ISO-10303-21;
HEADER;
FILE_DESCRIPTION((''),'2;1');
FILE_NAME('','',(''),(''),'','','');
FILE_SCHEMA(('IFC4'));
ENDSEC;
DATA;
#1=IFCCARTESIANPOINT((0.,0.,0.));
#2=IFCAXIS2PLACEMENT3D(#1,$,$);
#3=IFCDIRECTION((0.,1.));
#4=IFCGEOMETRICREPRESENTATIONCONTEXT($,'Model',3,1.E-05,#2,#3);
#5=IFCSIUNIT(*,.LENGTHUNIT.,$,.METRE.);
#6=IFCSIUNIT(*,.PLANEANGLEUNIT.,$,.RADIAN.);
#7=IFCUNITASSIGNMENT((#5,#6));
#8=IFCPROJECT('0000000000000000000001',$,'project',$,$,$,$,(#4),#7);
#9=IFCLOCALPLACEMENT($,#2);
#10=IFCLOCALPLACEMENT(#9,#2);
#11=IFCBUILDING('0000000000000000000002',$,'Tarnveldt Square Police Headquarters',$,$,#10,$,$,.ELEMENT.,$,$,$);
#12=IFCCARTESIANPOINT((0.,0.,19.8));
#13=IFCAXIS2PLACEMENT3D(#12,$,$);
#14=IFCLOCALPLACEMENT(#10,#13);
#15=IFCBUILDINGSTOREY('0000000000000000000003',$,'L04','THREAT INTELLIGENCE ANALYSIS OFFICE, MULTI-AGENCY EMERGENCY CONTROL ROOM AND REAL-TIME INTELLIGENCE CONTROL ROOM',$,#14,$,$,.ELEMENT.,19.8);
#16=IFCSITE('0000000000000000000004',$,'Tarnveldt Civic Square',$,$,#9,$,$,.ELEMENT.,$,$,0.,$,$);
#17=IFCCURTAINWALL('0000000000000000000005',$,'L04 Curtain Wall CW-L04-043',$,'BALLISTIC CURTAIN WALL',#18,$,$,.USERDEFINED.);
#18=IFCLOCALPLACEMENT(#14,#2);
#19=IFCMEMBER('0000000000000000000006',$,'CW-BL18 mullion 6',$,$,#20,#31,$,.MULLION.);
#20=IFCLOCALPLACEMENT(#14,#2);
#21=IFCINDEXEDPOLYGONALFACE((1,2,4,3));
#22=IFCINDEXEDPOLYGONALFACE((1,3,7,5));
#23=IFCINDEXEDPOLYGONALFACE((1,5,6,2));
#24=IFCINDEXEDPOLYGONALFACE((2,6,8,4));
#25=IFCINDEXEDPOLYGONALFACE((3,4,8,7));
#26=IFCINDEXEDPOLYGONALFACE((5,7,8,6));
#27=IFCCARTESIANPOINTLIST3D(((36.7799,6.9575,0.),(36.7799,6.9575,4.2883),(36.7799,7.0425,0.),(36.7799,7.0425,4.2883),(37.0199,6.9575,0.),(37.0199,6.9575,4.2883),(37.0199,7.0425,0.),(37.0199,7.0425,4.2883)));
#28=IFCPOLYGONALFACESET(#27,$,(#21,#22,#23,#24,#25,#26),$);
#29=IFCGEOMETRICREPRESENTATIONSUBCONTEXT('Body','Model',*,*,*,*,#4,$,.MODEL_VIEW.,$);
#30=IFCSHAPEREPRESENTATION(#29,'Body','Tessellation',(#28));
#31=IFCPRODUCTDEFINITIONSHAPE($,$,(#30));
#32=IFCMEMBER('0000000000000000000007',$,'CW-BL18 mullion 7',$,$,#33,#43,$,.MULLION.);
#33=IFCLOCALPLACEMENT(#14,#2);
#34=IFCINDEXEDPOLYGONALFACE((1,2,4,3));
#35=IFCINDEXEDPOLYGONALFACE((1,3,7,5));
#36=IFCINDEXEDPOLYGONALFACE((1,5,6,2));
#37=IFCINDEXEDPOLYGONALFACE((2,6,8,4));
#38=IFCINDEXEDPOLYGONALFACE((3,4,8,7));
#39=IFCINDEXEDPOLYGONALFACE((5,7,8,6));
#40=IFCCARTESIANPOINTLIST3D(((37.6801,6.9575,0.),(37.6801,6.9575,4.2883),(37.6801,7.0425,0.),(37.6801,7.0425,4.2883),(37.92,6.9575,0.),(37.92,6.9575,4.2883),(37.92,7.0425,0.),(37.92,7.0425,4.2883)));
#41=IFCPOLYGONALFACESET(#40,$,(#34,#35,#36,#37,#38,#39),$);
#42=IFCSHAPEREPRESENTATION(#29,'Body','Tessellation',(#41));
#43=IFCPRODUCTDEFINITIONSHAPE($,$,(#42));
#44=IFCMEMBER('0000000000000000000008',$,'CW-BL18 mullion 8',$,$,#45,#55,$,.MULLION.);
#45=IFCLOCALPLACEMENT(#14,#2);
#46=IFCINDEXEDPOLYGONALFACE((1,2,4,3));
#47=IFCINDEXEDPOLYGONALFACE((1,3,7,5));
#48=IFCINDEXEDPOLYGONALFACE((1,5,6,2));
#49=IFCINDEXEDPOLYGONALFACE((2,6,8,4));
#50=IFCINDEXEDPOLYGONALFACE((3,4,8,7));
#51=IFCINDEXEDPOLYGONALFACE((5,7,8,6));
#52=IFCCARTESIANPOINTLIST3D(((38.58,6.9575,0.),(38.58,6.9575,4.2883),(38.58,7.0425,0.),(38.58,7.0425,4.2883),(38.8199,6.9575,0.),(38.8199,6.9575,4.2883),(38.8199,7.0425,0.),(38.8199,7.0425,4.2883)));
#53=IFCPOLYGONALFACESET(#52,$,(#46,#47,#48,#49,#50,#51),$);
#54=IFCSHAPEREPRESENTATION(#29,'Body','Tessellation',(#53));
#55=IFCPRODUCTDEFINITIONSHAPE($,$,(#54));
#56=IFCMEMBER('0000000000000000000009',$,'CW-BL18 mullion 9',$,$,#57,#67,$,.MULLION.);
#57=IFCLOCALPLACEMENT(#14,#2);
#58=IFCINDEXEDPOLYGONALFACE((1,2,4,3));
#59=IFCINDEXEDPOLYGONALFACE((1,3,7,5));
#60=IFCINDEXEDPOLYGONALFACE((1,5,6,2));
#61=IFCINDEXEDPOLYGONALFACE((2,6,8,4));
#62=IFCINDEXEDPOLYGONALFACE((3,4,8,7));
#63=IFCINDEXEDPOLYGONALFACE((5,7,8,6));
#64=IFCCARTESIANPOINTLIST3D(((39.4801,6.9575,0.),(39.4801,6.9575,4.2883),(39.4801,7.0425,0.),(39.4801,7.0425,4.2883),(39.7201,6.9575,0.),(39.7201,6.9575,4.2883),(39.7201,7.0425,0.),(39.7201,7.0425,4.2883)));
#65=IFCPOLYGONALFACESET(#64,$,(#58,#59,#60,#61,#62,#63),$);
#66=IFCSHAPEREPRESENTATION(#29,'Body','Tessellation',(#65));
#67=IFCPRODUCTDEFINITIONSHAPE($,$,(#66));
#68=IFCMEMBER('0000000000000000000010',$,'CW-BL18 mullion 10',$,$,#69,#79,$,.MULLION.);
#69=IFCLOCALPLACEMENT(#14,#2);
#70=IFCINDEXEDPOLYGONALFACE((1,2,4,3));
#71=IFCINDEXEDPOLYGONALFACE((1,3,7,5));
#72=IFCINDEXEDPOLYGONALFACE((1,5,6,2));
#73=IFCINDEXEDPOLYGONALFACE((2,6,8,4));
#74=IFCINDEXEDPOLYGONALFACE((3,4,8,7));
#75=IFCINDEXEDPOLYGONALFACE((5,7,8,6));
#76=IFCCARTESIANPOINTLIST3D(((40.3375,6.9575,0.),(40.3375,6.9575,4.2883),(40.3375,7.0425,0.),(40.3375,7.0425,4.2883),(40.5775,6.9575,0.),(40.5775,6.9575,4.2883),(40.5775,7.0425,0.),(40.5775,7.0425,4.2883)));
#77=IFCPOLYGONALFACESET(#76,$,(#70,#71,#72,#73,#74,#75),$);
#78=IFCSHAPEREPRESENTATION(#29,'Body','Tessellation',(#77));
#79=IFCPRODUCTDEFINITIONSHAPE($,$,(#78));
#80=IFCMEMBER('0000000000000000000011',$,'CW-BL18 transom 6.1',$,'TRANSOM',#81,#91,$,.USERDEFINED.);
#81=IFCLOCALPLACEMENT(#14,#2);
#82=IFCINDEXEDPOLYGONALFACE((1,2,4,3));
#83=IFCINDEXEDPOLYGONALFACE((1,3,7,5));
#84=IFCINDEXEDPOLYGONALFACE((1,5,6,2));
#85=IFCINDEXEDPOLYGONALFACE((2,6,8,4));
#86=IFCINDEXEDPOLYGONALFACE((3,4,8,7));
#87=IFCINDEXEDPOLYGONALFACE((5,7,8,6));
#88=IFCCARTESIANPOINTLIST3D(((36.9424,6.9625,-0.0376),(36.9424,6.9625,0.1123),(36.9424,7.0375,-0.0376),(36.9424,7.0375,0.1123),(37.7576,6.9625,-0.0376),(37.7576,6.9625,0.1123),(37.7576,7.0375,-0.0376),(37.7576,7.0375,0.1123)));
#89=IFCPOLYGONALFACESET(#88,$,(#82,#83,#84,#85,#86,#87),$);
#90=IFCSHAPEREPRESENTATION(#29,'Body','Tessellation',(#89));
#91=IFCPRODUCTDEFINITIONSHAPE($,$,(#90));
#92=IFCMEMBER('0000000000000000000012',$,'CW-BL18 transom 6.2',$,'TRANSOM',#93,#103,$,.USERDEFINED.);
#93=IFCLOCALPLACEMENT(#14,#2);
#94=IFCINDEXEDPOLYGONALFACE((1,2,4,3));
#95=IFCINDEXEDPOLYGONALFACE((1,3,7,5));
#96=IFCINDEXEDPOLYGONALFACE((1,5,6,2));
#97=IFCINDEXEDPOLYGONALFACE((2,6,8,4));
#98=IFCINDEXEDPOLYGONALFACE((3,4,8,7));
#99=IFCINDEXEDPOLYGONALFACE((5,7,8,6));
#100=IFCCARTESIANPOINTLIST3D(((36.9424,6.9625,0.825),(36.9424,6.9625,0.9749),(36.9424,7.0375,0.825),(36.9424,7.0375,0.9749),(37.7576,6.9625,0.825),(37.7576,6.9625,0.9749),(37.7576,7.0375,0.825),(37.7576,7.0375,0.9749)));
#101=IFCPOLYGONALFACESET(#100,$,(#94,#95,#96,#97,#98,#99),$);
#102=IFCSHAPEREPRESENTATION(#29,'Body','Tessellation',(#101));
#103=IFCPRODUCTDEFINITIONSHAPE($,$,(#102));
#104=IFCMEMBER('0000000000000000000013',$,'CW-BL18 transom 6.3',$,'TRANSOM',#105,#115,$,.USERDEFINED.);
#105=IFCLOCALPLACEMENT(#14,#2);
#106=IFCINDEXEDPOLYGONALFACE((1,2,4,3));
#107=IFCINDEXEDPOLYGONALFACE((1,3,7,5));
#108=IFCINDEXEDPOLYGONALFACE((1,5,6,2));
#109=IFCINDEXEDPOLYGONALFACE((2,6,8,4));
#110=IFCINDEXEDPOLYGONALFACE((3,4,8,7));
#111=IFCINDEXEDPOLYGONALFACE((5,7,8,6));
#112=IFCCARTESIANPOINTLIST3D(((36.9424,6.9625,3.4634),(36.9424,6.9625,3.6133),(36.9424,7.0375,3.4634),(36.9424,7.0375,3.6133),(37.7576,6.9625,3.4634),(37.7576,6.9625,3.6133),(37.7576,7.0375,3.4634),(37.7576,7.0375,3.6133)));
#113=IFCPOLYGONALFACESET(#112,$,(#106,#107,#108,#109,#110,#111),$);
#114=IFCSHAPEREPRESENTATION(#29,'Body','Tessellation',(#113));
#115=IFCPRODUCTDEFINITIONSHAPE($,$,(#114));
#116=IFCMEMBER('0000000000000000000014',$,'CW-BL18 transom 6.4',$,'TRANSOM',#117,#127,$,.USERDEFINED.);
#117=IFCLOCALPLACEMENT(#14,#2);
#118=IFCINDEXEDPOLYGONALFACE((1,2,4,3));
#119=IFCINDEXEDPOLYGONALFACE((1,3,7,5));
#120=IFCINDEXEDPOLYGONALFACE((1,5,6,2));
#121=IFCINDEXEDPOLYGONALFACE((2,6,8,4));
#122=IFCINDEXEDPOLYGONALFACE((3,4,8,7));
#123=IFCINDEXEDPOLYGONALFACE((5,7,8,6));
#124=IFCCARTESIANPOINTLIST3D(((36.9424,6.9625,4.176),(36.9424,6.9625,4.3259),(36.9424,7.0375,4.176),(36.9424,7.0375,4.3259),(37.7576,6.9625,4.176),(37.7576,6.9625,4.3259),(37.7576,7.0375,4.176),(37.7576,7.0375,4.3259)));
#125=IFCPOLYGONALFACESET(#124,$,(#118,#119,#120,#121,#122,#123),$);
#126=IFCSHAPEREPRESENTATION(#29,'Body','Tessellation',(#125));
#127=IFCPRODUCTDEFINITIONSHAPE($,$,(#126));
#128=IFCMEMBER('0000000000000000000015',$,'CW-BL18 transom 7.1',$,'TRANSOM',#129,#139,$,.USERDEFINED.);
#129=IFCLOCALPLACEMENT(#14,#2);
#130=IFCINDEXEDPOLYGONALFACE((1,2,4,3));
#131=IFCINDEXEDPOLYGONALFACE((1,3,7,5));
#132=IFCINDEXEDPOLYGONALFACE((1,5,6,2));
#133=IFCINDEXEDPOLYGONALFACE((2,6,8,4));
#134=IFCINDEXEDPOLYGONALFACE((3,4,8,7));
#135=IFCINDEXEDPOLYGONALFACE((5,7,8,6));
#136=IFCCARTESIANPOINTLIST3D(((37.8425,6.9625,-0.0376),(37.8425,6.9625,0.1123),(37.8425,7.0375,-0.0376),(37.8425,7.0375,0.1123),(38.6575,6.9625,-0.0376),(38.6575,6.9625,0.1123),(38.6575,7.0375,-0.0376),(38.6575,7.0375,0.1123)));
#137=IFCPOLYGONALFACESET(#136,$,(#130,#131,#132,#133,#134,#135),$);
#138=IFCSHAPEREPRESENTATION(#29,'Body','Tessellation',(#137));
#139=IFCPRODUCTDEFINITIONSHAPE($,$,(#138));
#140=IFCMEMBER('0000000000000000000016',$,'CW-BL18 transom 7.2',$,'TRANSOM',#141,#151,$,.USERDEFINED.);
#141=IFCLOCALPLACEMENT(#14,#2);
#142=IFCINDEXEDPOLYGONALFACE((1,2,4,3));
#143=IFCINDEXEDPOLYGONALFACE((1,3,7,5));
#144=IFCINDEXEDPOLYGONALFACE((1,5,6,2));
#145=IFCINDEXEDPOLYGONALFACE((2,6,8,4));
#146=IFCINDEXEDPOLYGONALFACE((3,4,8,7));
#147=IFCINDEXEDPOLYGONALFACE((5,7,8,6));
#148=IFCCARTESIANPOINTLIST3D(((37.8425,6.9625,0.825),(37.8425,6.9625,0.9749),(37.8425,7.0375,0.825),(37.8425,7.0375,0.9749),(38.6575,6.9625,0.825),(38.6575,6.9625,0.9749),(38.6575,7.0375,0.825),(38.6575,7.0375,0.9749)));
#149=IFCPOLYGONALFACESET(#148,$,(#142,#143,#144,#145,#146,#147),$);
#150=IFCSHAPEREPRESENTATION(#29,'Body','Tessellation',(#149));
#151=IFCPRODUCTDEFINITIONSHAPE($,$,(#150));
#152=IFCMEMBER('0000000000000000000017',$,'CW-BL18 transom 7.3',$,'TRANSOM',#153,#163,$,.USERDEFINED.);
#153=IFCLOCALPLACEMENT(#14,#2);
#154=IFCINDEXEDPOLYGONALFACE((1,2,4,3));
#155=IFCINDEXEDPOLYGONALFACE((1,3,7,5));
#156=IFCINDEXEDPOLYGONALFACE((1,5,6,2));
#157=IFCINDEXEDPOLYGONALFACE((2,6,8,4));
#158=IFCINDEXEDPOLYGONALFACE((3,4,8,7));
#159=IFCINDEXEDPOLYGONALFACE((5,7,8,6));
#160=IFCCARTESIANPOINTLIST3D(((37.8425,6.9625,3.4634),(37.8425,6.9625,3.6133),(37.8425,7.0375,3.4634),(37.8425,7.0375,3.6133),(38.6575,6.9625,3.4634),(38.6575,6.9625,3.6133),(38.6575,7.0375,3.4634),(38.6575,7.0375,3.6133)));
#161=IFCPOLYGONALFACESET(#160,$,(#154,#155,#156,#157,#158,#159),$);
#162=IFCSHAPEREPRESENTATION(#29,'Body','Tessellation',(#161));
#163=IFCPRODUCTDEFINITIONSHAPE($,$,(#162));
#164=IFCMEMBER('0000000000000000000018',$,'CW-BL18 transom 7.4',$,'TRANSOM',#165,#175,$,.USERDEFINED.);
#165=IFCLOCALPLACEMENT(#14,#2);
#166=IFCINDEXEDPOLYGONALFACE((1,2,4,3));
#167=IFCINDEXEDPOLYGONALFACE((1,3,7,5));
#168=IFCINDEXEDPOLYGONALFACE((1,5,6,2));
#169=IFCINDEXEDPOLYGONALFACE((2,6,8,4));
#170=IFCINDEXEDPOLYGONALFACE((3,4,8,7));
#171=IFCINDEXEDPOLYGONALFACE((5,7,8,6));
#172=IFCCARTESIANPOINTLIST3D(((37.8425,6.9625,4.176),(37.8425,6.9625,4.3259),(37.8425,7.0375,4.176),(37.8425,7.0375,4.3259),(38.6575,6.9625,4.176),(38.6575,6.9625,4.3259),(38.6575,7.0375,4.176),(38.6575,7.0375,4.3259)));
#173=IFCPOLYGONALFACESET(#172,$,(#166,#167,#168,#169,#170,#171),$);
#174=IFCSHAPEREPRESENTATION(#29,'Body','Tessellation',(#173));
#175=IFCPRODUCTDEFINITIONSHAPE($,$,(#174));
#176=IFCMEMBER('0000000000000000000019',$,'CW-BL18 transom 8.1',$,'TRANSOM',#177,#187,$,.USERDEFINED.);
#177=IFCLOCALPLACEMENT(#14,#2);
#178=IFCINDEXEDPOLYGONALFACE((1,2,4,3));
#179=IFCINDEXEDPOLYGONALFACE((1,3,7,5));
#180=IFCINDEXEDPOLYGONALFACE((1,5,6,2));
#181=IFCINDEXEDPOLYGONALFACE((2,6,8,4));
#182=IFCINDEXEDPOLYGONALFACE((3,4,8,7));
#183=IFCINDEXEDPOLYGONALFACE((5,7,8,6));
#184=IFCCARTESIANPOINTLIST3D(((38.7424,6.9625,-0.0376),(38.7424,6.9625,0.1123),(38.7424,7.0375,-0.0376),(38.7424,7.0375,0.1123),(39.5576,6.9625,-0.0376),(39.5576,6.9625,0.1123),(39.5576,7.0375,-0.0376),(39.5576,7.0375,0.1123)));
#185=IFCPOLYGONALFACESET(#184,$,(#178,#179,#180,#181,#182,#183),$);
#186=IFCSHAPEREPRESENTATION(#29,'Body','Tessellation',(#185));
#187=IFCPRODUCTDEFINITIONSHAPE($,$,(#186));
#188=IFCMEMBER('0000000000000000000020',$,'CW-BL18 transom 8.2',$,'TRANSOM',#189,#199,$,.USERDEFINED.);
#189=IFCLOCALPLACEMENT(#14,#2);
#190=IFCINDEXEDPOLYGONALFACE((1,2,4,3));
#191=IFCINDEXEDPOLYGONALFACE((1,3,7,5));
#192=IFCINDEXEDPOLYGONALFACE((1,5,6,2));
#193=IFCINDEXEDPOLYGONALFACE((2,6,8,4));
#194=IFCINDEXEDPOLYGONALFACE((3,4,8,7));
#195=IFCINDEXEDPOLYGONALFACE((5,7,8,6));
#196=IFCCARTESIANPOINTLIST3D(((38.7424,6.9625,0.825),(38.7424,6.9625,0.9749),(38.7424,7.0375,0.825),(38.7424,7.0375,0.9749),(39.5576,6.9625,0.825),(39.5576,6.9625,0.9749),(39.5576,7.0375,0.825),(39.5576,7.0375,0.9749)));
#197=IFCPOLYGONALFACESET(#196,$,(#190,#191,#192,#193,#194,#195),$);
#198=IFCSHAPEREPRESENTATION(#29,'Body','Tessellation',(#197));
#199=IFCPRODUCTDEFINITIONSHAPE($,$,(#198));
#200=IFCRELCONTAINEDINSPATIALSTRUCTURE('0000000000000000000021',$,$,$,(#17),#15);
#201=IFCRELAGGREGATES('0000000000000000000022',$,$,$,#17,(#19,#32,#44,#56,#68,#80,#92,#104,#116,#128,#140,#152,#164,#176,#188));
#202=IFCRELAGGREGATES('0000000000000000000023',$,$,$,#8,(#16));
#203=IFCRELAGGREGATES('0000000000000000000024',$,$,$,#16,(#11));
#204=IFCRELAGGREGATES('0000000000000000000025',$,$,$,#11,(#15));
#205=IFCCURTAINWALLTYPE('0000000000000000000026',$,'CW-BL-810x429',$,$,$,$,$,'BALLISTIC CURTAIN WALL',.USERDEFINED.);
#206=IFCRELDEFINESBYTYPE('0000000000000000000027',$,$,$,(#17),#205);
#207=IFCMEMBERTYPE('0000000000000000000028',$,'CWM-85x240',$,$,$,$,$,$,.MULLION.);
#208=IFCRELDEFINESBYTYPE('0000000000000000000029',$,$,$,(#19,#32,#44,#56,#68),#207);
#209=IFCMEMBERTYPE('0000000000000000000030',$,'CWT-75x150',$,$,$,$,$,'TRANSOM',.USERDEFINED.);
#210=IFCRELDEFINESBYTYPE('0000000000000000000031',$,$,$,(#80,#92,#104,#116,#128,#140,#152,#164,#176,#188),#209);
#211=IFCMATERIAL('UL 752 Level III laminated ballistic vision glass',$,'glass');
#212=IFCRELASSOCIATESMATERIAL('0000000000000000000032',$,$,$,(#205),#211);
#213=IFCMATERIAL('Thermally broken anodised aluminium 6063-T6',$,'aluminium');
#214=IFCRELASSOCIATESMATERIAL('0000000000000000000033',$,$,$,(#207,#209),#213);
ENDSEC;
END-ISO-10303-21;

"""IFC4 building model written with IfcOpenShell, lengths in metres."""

from ifc_helpers import new_model, si_unit, direction, frame, origin, origin_2d, place, context, subcontext, project, spatial, rectangle, extrude, material, material_profile, profile_set, type_object, element, aggregate, save


model = new_model("IFC4")

# Units and contexts
model_context = context("Model", 3, precision=1e-05, world=origin(), true_north=direction((0.0, 1.0)))
body_context = subcontext(model_context, "Body", "Model", "MODEL_VIEW")
ifc_project = project(units=[si_unit("LENGTHUNIT", "METRE"), si_unit("PLANEANGLEUNIT", "RADIAN")], contexts=[model_context])

# Site, building, storey
site_placement = place(None, origin())
site = spatial("IfcSite", under=ifc_project, at=site_placement, Name="Tarnveldt Civic Square", CompositionType="ELEMENT", RefElevation=0.0)
building_placement = place(site_placement, origin())
building = spatial("IfcBuilding", under=site, at=building_placement, Name="Tarnveldt Square Police Headquarters", CompositionType="ELEMENT")
storey_placement = place(building_placement, frame((0.0, 0.0, 19.8)))
storey = spatial("IfcBuildingStorey", under=building, at=storey_placement, Name="L04", Description="THREAT INTELLIGENCE ANALYSIS OFFICE, MULTI-AGENCY EMERGENCY CONTROL ROOM AND REAL-TIME INTELLIGENCE CONTROL ROOM", CompositionType="ELEMENT", Elevation=19.8)

# Curtain wall, members
ifc_material_1 = material(Name="UL 752 Level III laminated ballistic vision glass", Category="glass")
curtain_wall_type = type_object("IfcCurtainWallType", Name="CW-BL-810x429", ElementType="BALLISTIC CURTAIN WALL", PredefinedType="USERDEFINED", material=ifc_material_1)
curtain_wall_placement = place(storey_placement, origin())
curtain_wall = element("IfcCurtainWall", 1, at=curtain_wall_placement, inside=storey, type_object=curtain_wall_type, Name="L04 Curtain Wall CW-L04-043", ObjectType="BALLISTIC CURTAIN WALL", PredefinedType="USERDEFINED")
ifc_material_2 = material(Name="Thermally broken anodised aluminium 6063-T6", Category="aluminium")
ifc_material_profile_1 = material_profile(ifc_material_2, rectangle(XDim=0.085, YDim=0.24, at=origin_2d()), Name="CW-M85x240")
ifc_profile_set_1 = profile_set([ifc_material_profile_1], Name="Thermally broken anodised aluminium 6063-T6")
member_type_1 = type_object("IfcMemberType", Name="CWM-85x240", PredefinedType="MULLION", material=ifc_profile_set_1)
member_1_placement = place(storey_placement, frame((36.8999, 7.0, 0.0), z_axis=(0.0, 0.0, 1.0), x_axis=(0.0, 1.0, 0.0)))
member_1 = element("IfcMember", 2, at=member_1_placement, type_object=member_type_1, Name="CW-BL18 mullion 6", PredefinedType="MULLION", context=body_context, shape_type="SweptSolid", body=[
    extrude(rectangle(XDim=0.085, YDim=0.24, at=origin_2d()), origin(), (0.0, 0.0, 1.0), 4.2883),
])
member_2_placement = place(storey_placement, frame((37.8, 7.0, 0.0), z_axis=(0.0, 0.0, 1.0), x_axis=(0.0, 1.0, 0.0)))
member_2 = element("IfcMember", 3, at=member_2_placement, type_object=member_type_1, Name="CW-BL18 mullion 7", PredefinedType="MULLION", context=body_context, shape_type="SweptSolid", body=[
    extrude(rectangle(XDim=0.085, YDim=0.24, at=origin_2d()), origin(), (0.0, 0.0, 1.0), 4.2883),
])
member_3_placement = place(storey_placement, frame((38.7, 7.0, 0.0), z_axis=(0.0, 0.0, 1.0), x_axis=(0.0, 1.0, 0.0)))
member_3 = element("IfcMember", 4, at=member_3_placement, type_object=member_type_1, Name="CW-BL18 mullion 8", PredefinedType="MULLION", context=body_context, shape_type="SweptSolid", body=[
    extrude(rectangle(XDim=0.085, YDim=0.24, at=origin_2d()), origin(), (0.0, 0.0, 1.0), 4.2883),
])
member_4_placement = place(storey_placement, frame((39.6001, 7.0, 0.0), z_axis=(0.0, 0.0, 1.0), x_axis=(0.0, 1.0, 0.0)))
member_4 = element("IfcMember", 5, at=member_4_placement, type_object=member_type_1, Name="CW-BL18 mullion 9", PredefinedType="MULLION", context=body_context, shape_type="SweptSolid", body=[
    extrude(rectangle(XDim=0.085, YDim=0.24, at=origin_2d()), origin(), (0.0, 0.0, 1.0), 4.2883),
])
member_5_placement = place(storey_placement, frame((40.4575, 7.0, 0.0), z_axis=(0.0, 0.0, 1.0), x_axis=(0.0, 1.0, 0.0)))
member_5 = element("IfcMember", 6, at=member_5_placement, type_object=member_type_1, Name="CW-BL18 mullion 10", PredefinedType="MULLION", context=body_context, shape_type="SweptSolid", body=[
    extrude(rectangle(XDim=0.085, YDim=0.24, at=origin_2d()), origin(), (0.0, 0.0, 1.0), 4.2883),
])
ifc_material_profile_2 = material_profile(ifc_material_2, rectangle(XDim=0.075, YDim=0.1499, at=origin_2d()), Name="CW-T75x150")
ifc_profile_set_2 = profile_set([ifc_material_profile_2], Name="Thermally broken anodised aluminium 6063-T6")
member_type_2 = type_object("IfcMemberType", Name="CWT-75x150", ElementType="TRANSOM", PredefinedType="USERDEFINED", material=ifc_profile_set_2)
member_6_placement = place(storey_placement, frame((36.9424, 7.0, 0.0374), z_axis=(1.0, 0.0, 0.0), x_axis=(0.0, 1.0, 0.0)))
member_6 = element("IfcMember", 7, at=member_6_placement, type_object=member_type_2, Name="CW-BL18 transom 6.1", ObjectType="TRANSOM", PredefinedType="USERDEFINED", context=body_context, shape_type="SweptSolid", body=[
    extrude(rectangle(XDim=0.075, YDim=0.1499, at=origin_2d()), origin(), (0.0, 0.0, 1.0), 0.8152),
])
member_7_placement = place(storey_placement, frame((36.9424, 7.0, 0.8999), z_axis=(1.0, 0.0, 0.0), x_axis=(0.0, 1.0, 0.0)))
member_7 = element("IfcMember", 8, at=member_7_placement, type_object=member_type_2, Name="CW-BL18 transom 6.2", ObjectType="TRANSOM", PredefinedType="USERDEFINED", context=body_context, shape_type="SweptSolid", body=[
    extrude(rectangle(XDim=0.075, YDim=0.1499, at=origin_2d()), origin(), (0.0, 0.0, 1.0), 0.8152),
])
member_8_placement = place(storey_placement, frame((36.9424, 7.0, 3.5383), z_axis=(1.0, 0.0, 0.0), x_axis=(0.0, 1.0, 0.0)))
member_8 = element("IfcMember", 9, at=member_8_placement, type_object=member_type_2, Name="CW-BL18 transom 6.3", ObjectType="TRANSOM", PredefinedType="USERDEFINED", context=body_context, shape_type="SweptSolid", body=[
    extrude(rectangle(XDim=0.075, YDim=0.1499, at=origin_2d()), origin(), (0.0, 0.0, 1.0), 0.8152),
])
member_9_placement = place(storey_placement, frame((36.9424, 7.0, 4.251), z_axis=(1.0, 0.0, 0.0), x_axis=(0.0, 1.0, 0.0)))
member_9 = element("IfcMember", 10, at=member_9_placement, type_object=member_type_2, Name="CW-BL18 transom 6.4", ObjectType="TRANSOM", PredefinedType="USERDEFINED", context=body_context, shape_type="SweptSolid", body=[
    extrude(rectangle(XDim=0.075, YDim=0.1499, at=origin_2d()), origin(), (0.0, 0.0, 1.0), 0.8152),
])
member_10_placement = place(storey_placement, frame((37.8425, 7.0, 0.0374), z_axis=(1.0, 0.0, 0.0), x_axis=(0.0, 1.0, 0.0)))
member_10 = element("IfcMember", 11, at=member_10_placement, type_object=member_type_2, Name="CW-BL18 transom 7.1", ObjectType="TRANSOM", PredefinedType="USERDEFINED", context=body_context, shape_type="SweptSolid", body=[
    extrude(rectangle(XDim=0.075, YDim=0.1499, at=origin_2d()), origin(), (0.0, 0.0, 1.0), 0.8149),
])
member_11_placement = place(storey_placement, frame((37.8425, 7.0, 0.8999), z_axis=(1.0, 0.0, 0.0), x_axis=(0.0, 1.0, 0.0)))
member_11 = element("IfcMember", 12, at=member_11_placement, type_object=member_type_2, Name="CW-BL18 transom 7.2", ObjectType="TRANSOM", PredefinedType="USERDEFINED", context=body_context, shape_type="SweptSolid", body=[
    extrude(rectangle(XDim=0.075, YDim=0.1499, at=origin_2d()), origin(), (0.0, 0.0, 1.0), 0.8149),
])
member_12_placement = place(storey_placement, frame((37.8425, 7.0, 3.5383), z_axis=(1.0, 0.0, 0.0), x_axis=(0.0, 1.0, 0.0)))
member_12 = element("IfcMember", 13, at=member_12_placement, type_object=member_type_2, Name="CW-BL18 transom 7.3", ObjectType="TRANSOM", PredefinedType="USERDEFINED", context=body_context, shape_type="SweptSolid", body=[
    extrude(rectangle(XDim=0.075, YDim=0.1499, at=origin_2d()), origin(), (0.0, 0.0, 1.0), 0.8149),
])
member_13_placement = place(storey_placement, frame((37.8425, 7.0, 4.251), z_axis=(1.0, 0.0, 0.0), x_axis=(0.0, 1.0, 0.0)))
member_13 = element("IfcMember", 14, at=member_13_placement, type_object=member_type_2, Name="CW-BL18 transom 7.4", ObjectType="TRANSOM", PredefinedType="USERDEFINED", context=body_context, shape_type="SweptSolid", body=[
    extrude(rectangle(XDim=0.075, YDim=0.1499, at=origin_2d()), origin(), (0.0, 0.0, 1.0), 0.8149),
])
member_14_placement = place(storey_placement, frame((38.7424, 7.0, 0.0374), z_axis=(1.0, 0.0, 0.0), x_axis=(0.0, 1.0, 0.0)))
member_14 = element("IfcMember", 15, at=member_14_placement, type_object=member_type_2, Name="CW-BL18 transom 8.1", ObjectType="TRANSOM", PredefinedType="USERDEFINED", context=body_context, shape_type="SweptSolid", body=[
    extrude(rectangle(XDim=0.075, YDim=0.1499, at=origin_2d()), origin(), (0.0, 0.0, 1.0), 0.8152),
])
member_15_placement = place(storey_placement, frame((38.7424, 7.0, 0.8999), z_axis=(1.0, 0.0, 0.0), x_axis=(0.0, 1.0, 0.0)))
member_15 = element("IfcMember", 16, at=member_15_placement, type_object=member_type_2, Name="CW-BL18 transom 8.2", ObjectType="TRANSOM", PredefinedType="USERDEFINED", context=body_context, shape_type="SweptSolid", body=[
    extrude(rectangle(XDim=0.075, YDim=0.1499, at=origin_2d()), origin(), (0.0, 0.0, 1.0), 0.8152),
])

aggregate(curtain_wall, [member_1, member_2, member_3, member_4, member_5, member_6, member_7, member_8, member_9, member_10, member_11, member_12, member_13, member_14, member_15])

save(model, "model.ifc")
